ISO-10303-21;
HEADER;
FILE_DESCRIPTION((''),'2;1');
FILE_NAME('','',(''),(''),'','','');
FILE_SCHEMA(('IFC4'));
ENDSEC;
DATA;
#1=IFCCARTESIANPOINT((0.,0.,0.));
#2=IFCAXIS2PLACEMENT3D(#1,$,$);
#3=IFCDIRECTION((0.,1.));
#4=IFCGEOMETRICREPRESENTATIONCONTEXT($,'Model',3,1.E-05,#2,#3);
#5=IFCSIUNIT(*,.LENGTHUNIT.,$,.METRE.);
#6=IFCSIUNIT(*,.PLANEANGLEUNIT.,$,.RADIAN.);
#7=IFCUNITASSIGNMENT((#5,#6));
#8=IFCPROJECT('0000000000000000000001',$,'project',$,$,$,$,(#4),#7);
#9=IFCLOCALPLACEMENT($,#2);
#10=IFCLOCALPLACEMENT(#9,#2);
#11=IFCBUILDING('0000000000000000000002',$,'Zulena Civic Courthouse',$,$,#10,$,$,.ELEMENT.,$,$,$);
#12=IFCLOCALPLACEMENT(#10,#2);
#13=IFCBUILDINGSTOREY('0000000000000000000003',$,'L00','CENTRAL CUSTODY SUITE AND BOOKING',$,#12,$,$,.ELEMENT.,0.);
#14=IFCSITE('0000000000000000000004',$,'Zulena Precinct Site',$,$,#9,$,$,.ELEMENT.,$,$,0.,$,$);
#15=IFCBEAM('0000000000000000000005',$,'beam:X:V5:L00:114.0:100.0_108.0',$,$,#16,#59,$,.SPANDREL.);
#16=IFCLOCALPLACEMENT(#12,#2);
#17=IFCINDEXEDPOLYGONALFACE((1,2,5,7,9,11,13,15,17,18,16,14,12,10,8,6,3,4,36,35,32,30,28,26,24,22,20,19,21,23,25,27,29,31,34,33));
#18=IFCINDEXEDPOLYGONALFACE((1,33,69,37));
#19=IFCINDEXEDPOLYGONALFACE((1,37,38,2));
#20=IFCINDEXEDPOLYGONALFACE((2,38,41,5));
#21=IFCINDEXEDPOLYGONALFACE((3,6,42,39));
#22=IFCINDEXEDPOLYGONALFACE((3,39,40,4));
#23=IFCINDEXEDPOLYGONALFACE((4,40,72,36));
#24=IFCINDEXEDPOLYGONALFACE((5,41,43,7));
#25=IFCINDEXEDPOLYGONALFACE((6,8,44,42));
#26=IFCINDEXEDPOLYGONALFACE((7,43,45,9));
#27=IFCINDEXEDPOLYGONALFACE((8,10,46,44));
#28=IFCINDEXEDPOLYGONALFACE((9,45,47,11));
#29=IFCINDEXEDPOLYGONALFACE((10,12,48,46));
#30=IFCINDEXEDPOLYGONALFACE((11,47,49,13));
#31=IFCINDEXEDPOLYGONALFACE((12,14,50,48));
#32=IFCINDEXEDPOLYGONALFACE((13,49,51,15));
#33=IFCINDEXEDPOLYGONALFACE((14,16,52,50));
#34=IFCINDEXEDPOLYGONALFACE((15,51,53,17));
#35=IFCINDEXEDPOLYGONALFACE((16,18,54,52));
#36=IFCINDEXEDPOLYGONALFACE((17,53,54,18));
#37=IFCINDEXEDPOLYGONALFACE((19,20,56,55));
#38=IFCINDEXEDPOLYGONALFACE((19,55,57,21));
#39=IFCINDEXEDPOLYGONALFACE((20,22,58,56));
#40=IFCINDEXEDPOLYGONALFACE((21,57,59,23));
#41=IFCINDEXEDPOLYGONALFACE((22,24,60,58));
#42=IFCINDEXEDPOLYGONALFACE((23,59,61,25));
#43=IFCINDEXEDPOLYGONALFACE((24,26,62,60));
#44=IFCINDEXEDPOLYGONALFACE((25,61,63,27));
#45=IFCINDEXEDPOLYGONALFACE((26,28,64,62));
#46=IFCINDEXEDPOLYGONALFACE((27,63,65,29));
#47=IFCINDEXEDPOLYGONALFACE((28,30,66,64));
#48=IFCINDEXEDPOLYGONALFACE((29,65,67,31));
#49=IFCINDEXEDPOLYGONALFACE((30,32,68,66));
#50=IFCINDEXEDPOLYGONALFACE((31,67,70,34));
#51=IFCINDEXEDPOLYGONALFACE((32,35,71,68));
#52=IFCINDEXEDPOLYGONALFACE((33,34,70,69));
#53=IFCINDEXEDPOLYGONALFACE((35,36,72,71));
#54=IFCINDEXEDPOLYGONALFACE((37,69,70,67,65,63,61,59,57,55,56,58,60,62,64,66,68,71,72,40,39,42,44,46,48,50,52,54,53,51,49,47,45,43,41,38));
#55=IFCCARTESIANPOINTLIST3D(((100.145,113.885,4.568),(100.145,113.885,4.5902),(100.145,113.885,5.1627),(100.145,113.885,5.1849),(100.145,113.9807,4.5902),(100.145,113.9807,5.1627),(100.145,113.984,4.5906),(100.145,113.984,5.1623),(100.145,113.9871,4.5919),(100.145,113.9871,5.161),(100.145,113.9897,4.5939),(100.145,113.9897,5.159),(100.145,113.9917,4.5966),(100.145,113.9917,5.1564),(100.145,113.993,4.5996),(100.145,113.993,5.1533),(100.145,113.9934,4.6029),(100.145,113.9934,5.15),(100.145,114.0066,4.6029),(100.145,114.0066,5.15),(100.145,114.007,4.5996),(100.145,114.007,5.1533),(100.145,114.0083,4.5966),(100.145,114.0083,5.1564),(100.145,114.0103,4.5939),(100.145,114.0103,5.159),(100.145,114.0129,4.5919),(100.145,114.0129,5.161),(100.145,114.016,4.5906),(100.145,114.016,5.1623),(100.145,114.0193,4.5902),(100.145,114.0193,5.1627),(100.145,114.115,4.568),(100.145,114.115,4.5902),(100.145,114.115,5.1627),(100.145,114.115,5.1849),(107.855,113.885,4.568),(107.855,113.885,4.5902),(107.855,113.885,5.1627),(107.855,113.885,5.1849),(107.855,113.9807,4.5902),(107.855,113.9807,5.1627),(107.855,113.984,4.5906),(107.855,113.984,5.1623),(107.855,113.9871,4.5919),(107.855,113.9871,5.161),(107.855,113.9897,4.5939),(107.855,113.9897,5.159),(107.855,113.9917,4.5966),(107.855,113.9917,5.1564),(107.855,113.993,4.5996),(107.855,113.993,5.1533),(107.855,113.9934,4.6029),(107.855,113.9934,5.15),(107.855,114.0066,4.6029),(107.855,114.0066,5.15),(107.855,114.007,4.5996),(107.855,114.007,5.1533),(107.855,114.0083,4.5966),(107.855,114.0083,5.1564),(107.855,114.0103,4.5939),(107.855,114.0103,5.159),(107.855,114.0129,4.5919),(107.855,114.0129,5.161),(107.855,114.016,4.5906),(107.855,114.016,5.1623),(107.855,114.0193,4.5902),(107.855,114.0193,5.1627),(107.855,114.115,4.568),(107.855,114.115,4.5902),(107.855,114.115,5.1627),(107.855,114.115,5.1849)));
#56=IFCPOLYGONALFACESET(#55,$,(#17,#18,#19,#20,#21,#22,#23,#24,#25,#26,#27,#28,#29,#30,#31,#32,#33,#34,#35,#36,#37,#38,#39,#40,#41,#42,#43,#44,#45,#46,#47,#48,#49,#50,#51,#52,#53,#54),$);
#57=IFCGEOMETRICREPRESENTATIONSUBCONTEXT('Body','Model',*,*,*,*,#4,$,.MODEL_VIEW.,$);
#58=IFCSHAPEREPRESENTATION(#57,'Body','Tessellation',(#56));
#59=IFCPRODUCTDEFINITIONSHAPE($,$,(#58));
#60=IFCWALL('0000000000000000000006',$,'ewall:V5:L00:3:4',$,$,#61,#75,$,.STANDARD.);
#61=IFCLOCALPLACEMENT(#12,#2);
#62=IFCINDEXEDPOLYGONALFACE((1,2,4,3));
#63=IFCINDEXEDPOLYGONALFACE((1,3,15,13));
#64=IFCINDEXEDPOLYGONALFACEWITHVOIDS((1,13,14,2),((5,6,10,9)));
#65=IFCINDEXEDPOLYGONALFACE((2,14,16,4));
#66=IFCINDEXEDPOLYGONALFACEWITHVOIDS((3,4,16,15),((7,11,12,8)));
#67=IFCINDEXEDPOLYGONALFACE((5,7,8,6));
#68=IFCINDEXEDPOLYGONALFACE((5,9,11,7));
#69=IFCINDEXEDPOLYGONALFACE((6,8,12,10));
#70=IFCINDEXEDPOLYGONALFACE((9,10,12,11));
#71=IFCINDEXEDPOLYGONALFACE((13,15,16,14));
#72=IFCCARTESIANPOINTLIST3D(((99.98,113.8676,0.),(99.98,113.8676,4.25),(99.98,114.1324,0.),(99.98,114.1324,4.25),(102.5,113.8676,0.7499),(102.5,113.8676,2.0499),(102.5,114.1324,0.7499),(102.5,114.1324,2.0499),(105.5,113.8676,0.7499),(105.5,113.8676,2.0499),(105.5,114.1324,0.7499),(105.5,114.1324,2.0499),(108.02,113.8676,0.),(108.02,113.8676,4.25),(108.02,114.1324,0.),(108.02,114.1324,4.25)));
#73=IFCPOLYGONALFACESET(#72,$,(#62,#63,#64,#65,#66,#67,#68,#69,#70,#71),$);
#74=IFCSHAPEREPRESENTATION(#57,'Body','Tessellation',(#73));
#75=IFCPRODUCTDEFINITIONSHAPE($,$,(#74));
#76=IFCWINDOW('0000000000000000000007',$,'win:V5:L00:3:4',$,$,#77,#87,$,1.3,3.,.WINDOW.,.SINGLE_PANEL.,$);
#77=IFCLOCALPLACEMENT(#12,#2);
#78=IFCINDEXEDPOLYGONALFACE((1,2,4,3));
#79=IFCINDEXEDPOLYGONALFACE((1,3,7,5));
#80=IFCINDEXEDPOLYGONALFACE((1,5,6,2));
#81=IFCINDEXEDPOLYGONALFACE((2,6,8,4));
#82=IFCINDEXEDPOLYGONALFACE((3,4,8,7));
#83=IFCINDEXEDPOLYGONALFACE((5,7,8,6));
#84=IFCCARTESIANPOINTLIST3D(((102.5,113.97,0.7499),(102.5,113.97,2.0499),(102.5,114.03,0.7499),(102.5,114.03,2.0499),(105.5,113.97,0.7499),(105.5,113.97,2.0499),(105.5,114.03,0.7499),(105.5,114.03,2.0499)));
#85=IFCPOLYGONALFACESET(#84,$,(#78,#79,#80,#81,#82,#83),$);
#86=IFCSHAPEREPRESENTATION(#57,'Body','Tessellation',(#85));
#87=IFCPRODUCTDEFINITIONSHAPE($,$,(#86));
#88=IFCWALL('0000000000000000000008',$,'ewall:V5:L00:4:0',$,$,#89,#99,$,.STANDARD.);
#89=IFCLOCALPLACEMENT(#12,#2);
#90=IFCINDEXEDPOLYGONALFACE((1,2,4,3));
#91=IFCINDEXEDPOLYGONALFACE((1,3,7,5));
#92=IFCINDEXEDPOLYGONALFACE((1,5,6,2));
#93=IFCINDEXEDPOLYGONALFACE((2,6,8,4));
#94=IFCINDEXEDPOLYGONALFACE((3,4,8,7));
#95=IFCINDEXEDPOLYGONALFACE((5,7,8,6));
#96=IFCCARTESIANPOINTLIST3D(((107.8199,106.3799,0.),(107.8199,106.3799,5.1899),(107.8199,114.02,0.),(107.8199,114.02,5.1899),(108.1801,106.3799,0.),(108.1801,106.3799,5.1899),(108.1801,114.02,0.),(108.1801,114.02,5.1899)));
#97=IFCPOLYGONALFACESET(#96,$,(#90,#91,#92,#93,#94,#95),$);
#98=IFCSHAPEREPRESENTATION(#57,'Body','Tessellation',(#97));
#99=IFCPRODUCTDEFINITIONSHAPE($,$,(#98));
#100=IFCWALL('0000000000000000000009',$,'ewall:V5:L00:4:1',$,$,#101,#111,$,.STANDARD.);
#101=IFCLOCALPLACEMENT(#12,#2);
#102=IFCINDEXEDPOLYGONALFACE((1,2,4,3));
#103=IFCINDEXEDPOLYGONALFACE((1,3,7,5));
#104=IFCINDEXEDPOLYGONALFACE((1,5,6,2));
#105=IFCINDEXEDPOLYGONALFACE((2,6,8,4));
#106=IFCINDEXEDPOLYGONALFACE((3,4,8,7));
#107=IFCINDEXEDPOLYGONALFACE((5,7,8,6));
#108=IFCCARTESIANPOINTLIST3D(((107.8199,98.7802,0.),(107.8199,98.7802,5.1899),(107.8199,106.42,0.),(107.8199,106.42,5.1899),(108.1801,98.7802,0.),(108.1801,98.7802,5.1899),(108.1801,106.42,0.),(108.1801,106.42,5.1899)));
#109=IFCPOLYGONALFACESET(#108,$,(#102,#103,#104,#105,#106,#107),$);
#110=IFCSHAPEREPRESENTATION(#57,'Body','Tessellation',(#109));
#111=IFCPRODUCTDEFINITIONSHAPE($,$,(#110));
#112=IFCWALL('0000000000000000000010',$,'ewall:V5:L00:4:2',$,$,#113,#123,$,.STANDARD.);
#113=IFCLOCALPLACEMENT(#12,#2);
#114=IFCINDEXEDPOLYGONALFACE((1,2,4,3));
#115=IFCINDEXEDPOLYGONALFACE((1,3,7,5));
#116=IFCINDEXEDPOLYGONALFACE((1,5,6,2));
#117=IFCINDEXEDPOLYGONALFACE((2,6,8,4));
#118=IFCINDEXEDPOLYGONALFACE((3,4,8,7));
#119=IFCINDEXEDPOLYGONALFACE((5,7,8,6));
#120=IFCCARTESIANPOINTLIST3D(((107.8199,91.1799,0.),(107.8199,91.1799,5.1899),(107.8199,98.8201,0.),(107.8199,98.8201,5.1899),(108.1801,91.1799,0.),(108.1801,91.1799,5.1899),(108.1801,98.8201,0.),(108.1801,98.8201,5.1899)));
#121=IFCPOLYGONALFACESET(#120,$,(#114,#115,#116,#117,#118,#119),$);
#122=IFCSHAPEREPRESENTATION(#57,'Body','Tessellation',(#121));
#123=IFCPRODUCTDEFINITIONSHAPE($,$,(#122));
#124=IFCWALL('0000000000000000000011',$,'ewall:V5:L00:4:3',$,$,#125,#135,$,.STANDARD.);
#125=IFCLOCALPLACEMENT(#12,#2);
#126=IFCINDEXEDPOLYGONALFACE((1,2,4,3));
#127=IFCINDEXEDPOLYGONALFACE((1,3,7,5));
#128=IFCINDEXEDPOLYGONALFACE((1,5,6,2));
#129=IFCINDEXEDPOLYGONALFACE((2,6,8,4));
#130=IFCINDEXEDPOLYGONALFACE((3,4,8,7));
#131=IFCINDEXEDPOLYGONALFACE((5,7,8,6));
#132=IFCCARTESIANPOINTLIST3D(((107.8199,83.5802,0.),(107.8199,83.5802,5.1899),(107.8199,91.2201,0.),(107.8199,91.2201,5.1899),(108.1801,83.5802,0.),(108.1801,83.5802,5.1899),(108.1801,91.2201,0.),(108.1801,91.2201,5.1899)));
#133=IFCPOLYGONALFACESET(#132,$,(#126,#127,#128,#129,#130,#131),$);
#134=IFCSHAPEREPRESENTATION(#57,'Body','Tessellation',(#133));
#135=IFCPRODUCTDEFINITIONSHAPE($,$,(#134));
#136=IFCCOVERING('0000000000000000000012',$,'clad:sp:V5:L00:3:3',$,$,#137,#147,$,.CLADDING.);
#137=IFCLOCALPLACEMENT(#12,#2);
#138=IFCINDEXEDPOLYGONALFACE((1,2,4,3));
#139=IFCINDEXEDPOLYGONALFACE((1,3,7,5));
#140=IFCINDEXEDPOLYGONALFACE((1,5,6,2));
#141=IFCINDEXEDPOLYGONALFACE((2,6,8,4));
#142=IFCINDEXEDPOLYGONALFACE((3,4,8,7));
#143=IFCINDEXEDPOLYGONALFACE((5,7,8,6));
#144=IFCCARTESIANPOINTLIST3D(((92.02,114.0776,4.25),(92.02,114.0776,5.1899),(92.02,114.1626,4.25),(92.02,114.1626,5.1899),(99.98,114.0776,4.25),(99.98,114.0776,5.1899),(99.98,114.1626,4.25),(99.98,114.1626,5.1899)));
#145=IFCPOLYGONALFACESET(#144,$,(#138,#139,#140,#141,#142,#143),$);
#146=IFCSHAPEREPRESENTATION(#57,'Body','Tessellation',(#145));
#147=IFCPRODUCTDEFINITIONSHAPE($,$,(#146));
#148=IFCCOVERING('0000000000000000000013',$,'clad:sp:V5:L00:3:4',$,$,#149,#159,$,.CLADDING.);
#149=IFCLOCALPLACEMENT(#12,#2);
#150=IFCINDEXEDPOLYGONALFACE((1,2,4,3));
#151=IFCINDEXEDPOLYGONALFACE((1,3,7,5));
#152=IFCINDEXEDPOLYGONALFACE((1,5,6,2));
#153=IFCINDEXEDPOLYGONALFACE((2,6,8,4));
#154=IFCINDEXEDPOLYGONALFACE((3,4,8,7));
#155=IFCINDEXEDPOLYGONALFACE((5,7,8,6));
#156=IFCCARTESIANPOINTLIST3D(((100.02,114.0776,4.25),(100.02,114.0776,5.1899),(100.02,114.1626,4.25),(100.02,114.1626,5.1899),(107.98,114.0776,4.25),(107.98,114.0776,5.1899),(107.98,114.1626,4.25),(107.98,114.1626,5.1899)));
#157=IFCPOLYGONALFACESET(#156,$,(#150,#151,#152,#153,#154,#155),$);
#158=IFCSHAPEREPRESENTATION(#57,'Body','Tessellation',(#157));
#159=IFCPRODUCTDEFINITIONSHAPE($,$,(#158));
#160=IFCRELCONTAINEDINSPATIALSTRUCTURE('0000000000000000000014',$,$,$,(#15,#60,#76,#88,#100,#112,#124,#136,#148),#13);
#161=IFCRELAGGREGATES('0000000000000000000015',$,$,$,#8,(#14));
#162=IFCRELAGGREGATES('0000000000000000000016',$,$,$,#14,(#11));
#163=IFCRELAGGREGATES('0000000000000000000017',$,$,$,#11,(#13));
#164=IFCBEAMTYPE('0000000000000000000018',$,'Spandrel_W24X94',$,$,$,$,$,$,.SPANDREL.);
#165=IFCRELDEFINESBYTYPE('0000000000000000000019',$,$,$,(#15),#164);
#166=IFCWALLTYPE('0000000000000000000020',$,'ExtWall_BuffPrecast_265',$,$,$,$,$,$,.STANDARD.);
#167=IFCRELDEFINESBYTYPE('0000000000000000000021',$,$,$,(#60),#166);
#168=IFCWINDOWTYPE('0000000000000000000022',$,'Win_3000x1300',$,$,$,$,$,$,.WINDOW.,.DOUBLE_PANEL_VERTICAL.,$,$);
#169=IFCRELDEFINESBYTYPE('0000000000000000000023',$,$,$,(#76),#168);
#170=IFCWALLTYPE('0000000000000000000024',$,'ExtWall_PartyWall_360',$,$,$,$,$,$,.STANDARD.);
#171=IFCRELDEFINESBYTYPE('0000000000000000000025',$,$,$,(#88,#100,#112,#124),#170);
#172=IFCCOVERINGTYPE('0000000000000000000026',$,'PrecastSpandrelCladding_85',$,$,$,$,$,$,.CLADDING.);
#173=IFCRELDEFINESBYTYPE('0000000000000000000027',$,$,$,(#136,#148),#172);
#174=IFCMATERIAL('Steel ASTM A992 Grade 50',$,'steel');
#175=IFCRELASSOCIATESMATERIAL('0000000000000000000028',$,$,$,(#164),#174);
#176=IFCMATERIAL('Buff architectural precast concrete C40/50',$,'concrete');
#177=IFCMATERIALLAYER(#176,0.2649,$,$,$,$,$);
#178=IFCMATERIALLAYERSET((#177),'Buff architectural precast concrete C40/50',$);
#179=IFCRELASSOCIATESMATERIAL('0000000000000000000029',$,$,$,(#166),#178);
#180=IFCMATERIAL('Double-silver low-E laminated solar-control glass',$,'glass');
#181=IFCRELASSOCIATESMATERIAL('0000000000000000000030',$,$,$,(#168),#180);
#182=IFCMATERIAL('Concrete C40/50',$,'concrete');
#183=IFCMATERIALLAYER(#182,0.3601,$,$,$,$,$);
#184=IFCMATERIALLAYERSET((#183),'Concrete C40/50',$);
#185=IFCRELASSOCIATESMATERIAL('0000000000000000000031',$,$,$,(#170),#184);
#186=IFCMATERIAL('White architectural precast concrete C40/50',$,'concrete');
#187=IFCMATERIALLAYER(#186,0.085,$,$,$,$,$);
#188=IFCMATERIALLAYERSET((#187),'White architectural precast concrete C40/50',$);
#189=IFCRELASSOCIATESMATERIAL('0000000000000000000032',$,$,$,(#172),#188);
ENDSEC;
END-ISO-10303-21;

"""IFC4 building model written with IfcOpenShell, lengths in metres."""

from ifc_helpers import new_model, si_unit, direction, frame, frame_2d, origin, origin_2d, place, context, subcontext, project, spatial, rectangle, i_section, extrude, material, layer, layer_set, material_profile, profile_set, type_object, element, fill, save


model = new_model("IFC4")

# Units and contexts
model_context = context("Model", 3, precision=1e-05, world=origin(), true_north=direction((0.0, 1.0)))
body_context = subcontext(model_context, "Body", "Model", "MODEL_VIEW")
ifc_project = project(units=[si_unit("LENGTHUNIT", "METRE"), si_unit("PLANEANGLEUNIT", "RADIAN")], contexts=[model_context])

# Site, building, storey
site_placement = place(None, origin())
site = spatial("IfcSite", under=ifc_project, at=site_placement, Name="Zulena Precinct Site", CompositionType="ELEMENT", RefElevation=0.0)
building_placement = place(site_placement, origin())
building = spatial("IfcBuilding", under=site, at=building_placement, Name="Zulena Civic Courthouse", CompositionType="ELEMENT")
storey_placement = place(building_placement, origin())
storey = spatial("IfcBuildingStorey", under=building, at=storey_placement, Name="L00", Description="CENTRAL CUSTODY SUITE AND BOOKING", CompositionType="ELEMENT", Elevation=0.0)

# Shared definitions
ifc_material_1 = material(Name="Steel ASTM A992 Grade 50", Category="steel")

# Beam
ifc_material_profile_1 = material_profile(ifc_material_1, i_section(OverallWidth=0.23, OverallDepth=0.6169, WebThickness=0.0132, FlangeThickness=0.0222, FilletRadius=0.0127, at=origin_2d()), Name="W24X94")
ifc_profile_set_1 = profile_set([ifc_material_profile_1], Name="Steel ASTM A992 Grade 50")
beam_type_1 = type_object("IfcBeamType", Name="Spandrel_W24X94", PredefinedType="SPANDREL", material=ifc_profile_set_1)
for number, where, z_axis, x_axis, name in (
    (1, (100.145, 114.0, 4.8765), (1.0, 0.0, 0.0), (0.0, 1.0, 0.0), "beam:X:V5:L00:114.0:100.0_108.0"),
):
    element("IfcBeam", number, at=place(storey_placement, frame(where, z_axis=z_axis, x_axis=x_axis)), inside=storey, type_object=beam_type_1, Name=name, PredefinedType="SPANDREL", context=body_context, shape_type="SweptSolid", body=[
        extrude(i_section(OverallWidth=0.23, OverallDepth=0.6169, WebThickness=0.0132, FlangeThickness=0.0222, FilletRadius=0.0127, at=origin_2d()), origin(), (0.0, 0.0, 1.0), 7.71),
    ])

# Wall, opening, window
ifc_material_2 = material(Name="Buff architectural precast concrete C40/50", Category="concrete")
ifc_layer_1 = layer(ifc_material_2, 0.2649)
ifc_layer_set_1 = layer_set([ifc_layer_1], Name="Buff architectural precast concrete C40/50")
wall_type_1 = type_object("IfcWallType", Name="ExtWall_BuffPrecast_265", PredefinedType="STANDARD", material=ifc_layer_set_1)
wall_1_placement = place(storey_placement, frame((99.98, 114.0, 0.0), z_axis=(0.0, 0.0, 1.0), x_axis=(1.0, 0.0, 0.0)))
wall_1 = element("IfcWall", 2, at=wall_1_placement, inside=storey, type_object=wall_type_1, Name="ewall:V5:L00:3:4", PredefinedType="STANDARD", context=body_context, shape_type="SweptSolid", body=[
    extrude(rectangle(XDim=8.04, YDim=0.2649, at=frame_2d((4.02, 0.0))), origin(), (0.0, 0.0, 1.0), 4.25),
])
opening_placement = place(wall_1_placement, frame((2.52, 0.0, 0.75)))
opening = element("IfcOpeningElement", 3, at=opening_placement, cuts=wall_1, PredefinedType="OPENING", context=body_context, shape_type="SweptSolid", body=[
    extrude(rectangle(XDim=3.0, YDim=1.3, at=frame_2d((1.5, 0.6499))), frame((0.0, 0.1423, 0.0), z_axis=(0.0, -1.0, 0.0), x_axis=(1.0, 0.0, 0.0)), (0.0, 0.0, 1.0), 0.2849),
])
ifc_material_3 = material(Name="Double-silver low-E laminated solar-control glass", Category="glass")
window_type = type_object("IfcWindowType", Name="Win_3000x1300", PartitioningType="DOUBLE_PANEL_VERTICAL", PredefinedType="WINDOW", material=ifc_material_3)
window_placement = place(opening_placement, origin())
window = element("IfcWindow", 4, at=window_placement, inside=storey, type_object=window_type, Name="win:V5:L00:3:4", OverallHeight=1.3, OverallWidth=3.0, PartitioningType="SINGLE_PANEL", PredefinedType="WINDOW", context=body_context, shape_type="SweptSolid", body=[
    extrude(rectangle(XDim=3.0, YDim=1.3, at=frame_2d((1.5, 0.6499))), frame((0.0, 0.03, 0.0), z_axis=(0.0, -1.0, 0.0), x_axis=(1.0, 0.0, 0.0)), (0.0, 0.0, 1.0), 0.0601),
])
fill(opening, window)

# Walls
ifc_material_4 = material(Name="Concrete C40/50", Category="concrete")
ifc_layer_2 = layer(ifc_material_4, 0.3601)
ifc_layer_set_2 = layer_set([ifc_layer_2], Name="Concrete C40/50")
wall_type_2 = type_object("IfcWallType", Name="ExtWall_PartyWall_360", PredefinedType="STANDARD", material=ifc_layer_set_2)
wall_2_placement = place(storey_placement, frame((108.0, 114.02, 0.0), z_axis=(0.0, 0.0, 1.0), x_axis=(0.0, -1.0, 0.0)))
element("IfcWall", 5, at=wall_2_placement, inside=storey, type_object=wall_type_2, Name="ewall:V5:L00:4:0", PredefinedType="STANDARD", context=body_context, shape_type="SweptSolid", body=[
    extrude(rectangle(XDim=7.6401, YDim=0.3601, at=frame_2d((3.8201, 0.0))), origin(), (0.0, 0.0, 1.0), 5.1899),
])
wall_3_placement = place(storey_placement, frame((108.0, 106.4199, 0.0), z_axis=(0.0, 0.0, 1.0), x_axis=(0.0, -1.0, 0.0)))
element("IfcWall", 6, at=wall_3_placement, inside=storey, type_object=wall_type_2, Name="ewall:V5:L00:4:1", PredefinedType="STANDARD", context=body_context, shape_type="SweptSolid", body=[
    extrude(rectangle(XDim=7.6399, YDim=0.3601, at=frame_2d((3.8198, 0.0))), origin(), (0.0, 0.0, 1.0), 5.1899),
])
wall_4_placement = place(storey_placement, frame((108.0, 98.8201, 0.0), z_axis=(0.0, 0.0, 1.0), x_axis=(0.0, -1.0, 0.0)))
element("IfcWall", 7, at=wall_4_placement, inside=storey, type_object=wall_type_2, Name="ewall:V5:L00:4:2", PredefinedType="STANDARD", context=body_context, shape_type="SweptSolid", body=[
    extrude(rectangle(XDim=7.6401, YDim=0.3601, at=frame_2d((3.8201, 0.0))), origin(), (0.0, 0.0, 1.0), 5.1899),
])
wall_5_placement = place(storey_placement, frame((108.0, 91.22, 0.0), z_axis=(0.0, 0.0, 1.0), x_axis=(0.0, -1.0, 0.0)))
element("IfcWall", 8, at=wall_5_placement, inside=storey, type_object=wall_type_2, Name="ewall:V5:L00:4:3", PredefinedType="STANDARD", context=body_context, shape_type="SweptSolid", body=[
    extrude(rectangle(XDim=7.6399, YDim=0.3601, at=frame_2d((3.8198, 0.0))), origin(), (0.0, 0.0, 1.0), 5.1899),
])

# Coverings
ifc_material_5 = material(Name="White architectural precast concrete C40/50", Category="concrete")
ifc_layer_3 = layer(ifc_material_5, 0.085)
ifc_layer_set_3 = layer_set([ifc_layer_3], Name="White architectural precast concrete C40/50")
covering_type = type_object("IfcCoveringType", Name="PrecastSpandrelCladding_85", PredefinedType="CLADDING", material=ifc_layer_set_3)
for number, where, z_axis, x_axis, name in (
    (9, (96.0, 114.1201, 4.25), (0.0, 0.0, 1.0), (1.0, 0.0, 0.0), "clad:sp:V5:L00:3:3"),
    (10, (104.0, 114.1201, 4.25), (0.0, 0.0, 1.0), (1.0, 0.0, 0.0), "clad:sp:V5:L00:3:4"),
):
    element("IfcCovering", number, at=place(storey_placement, frame(where, z_axis=z_axis, x_axis=x_axis)), inside=storey, type_object=covering_type, Name=name, PredefinedType="CLADDING", context=body_context, shape_type="SweptSolid", body=[
        extrude(rectangle(XDim=7.96, YDim=0.085, at=origin_2d()), origin(), (0.0, 0.0, 1.0), 0.9399),
    ])

save(model, "model.ifc")
